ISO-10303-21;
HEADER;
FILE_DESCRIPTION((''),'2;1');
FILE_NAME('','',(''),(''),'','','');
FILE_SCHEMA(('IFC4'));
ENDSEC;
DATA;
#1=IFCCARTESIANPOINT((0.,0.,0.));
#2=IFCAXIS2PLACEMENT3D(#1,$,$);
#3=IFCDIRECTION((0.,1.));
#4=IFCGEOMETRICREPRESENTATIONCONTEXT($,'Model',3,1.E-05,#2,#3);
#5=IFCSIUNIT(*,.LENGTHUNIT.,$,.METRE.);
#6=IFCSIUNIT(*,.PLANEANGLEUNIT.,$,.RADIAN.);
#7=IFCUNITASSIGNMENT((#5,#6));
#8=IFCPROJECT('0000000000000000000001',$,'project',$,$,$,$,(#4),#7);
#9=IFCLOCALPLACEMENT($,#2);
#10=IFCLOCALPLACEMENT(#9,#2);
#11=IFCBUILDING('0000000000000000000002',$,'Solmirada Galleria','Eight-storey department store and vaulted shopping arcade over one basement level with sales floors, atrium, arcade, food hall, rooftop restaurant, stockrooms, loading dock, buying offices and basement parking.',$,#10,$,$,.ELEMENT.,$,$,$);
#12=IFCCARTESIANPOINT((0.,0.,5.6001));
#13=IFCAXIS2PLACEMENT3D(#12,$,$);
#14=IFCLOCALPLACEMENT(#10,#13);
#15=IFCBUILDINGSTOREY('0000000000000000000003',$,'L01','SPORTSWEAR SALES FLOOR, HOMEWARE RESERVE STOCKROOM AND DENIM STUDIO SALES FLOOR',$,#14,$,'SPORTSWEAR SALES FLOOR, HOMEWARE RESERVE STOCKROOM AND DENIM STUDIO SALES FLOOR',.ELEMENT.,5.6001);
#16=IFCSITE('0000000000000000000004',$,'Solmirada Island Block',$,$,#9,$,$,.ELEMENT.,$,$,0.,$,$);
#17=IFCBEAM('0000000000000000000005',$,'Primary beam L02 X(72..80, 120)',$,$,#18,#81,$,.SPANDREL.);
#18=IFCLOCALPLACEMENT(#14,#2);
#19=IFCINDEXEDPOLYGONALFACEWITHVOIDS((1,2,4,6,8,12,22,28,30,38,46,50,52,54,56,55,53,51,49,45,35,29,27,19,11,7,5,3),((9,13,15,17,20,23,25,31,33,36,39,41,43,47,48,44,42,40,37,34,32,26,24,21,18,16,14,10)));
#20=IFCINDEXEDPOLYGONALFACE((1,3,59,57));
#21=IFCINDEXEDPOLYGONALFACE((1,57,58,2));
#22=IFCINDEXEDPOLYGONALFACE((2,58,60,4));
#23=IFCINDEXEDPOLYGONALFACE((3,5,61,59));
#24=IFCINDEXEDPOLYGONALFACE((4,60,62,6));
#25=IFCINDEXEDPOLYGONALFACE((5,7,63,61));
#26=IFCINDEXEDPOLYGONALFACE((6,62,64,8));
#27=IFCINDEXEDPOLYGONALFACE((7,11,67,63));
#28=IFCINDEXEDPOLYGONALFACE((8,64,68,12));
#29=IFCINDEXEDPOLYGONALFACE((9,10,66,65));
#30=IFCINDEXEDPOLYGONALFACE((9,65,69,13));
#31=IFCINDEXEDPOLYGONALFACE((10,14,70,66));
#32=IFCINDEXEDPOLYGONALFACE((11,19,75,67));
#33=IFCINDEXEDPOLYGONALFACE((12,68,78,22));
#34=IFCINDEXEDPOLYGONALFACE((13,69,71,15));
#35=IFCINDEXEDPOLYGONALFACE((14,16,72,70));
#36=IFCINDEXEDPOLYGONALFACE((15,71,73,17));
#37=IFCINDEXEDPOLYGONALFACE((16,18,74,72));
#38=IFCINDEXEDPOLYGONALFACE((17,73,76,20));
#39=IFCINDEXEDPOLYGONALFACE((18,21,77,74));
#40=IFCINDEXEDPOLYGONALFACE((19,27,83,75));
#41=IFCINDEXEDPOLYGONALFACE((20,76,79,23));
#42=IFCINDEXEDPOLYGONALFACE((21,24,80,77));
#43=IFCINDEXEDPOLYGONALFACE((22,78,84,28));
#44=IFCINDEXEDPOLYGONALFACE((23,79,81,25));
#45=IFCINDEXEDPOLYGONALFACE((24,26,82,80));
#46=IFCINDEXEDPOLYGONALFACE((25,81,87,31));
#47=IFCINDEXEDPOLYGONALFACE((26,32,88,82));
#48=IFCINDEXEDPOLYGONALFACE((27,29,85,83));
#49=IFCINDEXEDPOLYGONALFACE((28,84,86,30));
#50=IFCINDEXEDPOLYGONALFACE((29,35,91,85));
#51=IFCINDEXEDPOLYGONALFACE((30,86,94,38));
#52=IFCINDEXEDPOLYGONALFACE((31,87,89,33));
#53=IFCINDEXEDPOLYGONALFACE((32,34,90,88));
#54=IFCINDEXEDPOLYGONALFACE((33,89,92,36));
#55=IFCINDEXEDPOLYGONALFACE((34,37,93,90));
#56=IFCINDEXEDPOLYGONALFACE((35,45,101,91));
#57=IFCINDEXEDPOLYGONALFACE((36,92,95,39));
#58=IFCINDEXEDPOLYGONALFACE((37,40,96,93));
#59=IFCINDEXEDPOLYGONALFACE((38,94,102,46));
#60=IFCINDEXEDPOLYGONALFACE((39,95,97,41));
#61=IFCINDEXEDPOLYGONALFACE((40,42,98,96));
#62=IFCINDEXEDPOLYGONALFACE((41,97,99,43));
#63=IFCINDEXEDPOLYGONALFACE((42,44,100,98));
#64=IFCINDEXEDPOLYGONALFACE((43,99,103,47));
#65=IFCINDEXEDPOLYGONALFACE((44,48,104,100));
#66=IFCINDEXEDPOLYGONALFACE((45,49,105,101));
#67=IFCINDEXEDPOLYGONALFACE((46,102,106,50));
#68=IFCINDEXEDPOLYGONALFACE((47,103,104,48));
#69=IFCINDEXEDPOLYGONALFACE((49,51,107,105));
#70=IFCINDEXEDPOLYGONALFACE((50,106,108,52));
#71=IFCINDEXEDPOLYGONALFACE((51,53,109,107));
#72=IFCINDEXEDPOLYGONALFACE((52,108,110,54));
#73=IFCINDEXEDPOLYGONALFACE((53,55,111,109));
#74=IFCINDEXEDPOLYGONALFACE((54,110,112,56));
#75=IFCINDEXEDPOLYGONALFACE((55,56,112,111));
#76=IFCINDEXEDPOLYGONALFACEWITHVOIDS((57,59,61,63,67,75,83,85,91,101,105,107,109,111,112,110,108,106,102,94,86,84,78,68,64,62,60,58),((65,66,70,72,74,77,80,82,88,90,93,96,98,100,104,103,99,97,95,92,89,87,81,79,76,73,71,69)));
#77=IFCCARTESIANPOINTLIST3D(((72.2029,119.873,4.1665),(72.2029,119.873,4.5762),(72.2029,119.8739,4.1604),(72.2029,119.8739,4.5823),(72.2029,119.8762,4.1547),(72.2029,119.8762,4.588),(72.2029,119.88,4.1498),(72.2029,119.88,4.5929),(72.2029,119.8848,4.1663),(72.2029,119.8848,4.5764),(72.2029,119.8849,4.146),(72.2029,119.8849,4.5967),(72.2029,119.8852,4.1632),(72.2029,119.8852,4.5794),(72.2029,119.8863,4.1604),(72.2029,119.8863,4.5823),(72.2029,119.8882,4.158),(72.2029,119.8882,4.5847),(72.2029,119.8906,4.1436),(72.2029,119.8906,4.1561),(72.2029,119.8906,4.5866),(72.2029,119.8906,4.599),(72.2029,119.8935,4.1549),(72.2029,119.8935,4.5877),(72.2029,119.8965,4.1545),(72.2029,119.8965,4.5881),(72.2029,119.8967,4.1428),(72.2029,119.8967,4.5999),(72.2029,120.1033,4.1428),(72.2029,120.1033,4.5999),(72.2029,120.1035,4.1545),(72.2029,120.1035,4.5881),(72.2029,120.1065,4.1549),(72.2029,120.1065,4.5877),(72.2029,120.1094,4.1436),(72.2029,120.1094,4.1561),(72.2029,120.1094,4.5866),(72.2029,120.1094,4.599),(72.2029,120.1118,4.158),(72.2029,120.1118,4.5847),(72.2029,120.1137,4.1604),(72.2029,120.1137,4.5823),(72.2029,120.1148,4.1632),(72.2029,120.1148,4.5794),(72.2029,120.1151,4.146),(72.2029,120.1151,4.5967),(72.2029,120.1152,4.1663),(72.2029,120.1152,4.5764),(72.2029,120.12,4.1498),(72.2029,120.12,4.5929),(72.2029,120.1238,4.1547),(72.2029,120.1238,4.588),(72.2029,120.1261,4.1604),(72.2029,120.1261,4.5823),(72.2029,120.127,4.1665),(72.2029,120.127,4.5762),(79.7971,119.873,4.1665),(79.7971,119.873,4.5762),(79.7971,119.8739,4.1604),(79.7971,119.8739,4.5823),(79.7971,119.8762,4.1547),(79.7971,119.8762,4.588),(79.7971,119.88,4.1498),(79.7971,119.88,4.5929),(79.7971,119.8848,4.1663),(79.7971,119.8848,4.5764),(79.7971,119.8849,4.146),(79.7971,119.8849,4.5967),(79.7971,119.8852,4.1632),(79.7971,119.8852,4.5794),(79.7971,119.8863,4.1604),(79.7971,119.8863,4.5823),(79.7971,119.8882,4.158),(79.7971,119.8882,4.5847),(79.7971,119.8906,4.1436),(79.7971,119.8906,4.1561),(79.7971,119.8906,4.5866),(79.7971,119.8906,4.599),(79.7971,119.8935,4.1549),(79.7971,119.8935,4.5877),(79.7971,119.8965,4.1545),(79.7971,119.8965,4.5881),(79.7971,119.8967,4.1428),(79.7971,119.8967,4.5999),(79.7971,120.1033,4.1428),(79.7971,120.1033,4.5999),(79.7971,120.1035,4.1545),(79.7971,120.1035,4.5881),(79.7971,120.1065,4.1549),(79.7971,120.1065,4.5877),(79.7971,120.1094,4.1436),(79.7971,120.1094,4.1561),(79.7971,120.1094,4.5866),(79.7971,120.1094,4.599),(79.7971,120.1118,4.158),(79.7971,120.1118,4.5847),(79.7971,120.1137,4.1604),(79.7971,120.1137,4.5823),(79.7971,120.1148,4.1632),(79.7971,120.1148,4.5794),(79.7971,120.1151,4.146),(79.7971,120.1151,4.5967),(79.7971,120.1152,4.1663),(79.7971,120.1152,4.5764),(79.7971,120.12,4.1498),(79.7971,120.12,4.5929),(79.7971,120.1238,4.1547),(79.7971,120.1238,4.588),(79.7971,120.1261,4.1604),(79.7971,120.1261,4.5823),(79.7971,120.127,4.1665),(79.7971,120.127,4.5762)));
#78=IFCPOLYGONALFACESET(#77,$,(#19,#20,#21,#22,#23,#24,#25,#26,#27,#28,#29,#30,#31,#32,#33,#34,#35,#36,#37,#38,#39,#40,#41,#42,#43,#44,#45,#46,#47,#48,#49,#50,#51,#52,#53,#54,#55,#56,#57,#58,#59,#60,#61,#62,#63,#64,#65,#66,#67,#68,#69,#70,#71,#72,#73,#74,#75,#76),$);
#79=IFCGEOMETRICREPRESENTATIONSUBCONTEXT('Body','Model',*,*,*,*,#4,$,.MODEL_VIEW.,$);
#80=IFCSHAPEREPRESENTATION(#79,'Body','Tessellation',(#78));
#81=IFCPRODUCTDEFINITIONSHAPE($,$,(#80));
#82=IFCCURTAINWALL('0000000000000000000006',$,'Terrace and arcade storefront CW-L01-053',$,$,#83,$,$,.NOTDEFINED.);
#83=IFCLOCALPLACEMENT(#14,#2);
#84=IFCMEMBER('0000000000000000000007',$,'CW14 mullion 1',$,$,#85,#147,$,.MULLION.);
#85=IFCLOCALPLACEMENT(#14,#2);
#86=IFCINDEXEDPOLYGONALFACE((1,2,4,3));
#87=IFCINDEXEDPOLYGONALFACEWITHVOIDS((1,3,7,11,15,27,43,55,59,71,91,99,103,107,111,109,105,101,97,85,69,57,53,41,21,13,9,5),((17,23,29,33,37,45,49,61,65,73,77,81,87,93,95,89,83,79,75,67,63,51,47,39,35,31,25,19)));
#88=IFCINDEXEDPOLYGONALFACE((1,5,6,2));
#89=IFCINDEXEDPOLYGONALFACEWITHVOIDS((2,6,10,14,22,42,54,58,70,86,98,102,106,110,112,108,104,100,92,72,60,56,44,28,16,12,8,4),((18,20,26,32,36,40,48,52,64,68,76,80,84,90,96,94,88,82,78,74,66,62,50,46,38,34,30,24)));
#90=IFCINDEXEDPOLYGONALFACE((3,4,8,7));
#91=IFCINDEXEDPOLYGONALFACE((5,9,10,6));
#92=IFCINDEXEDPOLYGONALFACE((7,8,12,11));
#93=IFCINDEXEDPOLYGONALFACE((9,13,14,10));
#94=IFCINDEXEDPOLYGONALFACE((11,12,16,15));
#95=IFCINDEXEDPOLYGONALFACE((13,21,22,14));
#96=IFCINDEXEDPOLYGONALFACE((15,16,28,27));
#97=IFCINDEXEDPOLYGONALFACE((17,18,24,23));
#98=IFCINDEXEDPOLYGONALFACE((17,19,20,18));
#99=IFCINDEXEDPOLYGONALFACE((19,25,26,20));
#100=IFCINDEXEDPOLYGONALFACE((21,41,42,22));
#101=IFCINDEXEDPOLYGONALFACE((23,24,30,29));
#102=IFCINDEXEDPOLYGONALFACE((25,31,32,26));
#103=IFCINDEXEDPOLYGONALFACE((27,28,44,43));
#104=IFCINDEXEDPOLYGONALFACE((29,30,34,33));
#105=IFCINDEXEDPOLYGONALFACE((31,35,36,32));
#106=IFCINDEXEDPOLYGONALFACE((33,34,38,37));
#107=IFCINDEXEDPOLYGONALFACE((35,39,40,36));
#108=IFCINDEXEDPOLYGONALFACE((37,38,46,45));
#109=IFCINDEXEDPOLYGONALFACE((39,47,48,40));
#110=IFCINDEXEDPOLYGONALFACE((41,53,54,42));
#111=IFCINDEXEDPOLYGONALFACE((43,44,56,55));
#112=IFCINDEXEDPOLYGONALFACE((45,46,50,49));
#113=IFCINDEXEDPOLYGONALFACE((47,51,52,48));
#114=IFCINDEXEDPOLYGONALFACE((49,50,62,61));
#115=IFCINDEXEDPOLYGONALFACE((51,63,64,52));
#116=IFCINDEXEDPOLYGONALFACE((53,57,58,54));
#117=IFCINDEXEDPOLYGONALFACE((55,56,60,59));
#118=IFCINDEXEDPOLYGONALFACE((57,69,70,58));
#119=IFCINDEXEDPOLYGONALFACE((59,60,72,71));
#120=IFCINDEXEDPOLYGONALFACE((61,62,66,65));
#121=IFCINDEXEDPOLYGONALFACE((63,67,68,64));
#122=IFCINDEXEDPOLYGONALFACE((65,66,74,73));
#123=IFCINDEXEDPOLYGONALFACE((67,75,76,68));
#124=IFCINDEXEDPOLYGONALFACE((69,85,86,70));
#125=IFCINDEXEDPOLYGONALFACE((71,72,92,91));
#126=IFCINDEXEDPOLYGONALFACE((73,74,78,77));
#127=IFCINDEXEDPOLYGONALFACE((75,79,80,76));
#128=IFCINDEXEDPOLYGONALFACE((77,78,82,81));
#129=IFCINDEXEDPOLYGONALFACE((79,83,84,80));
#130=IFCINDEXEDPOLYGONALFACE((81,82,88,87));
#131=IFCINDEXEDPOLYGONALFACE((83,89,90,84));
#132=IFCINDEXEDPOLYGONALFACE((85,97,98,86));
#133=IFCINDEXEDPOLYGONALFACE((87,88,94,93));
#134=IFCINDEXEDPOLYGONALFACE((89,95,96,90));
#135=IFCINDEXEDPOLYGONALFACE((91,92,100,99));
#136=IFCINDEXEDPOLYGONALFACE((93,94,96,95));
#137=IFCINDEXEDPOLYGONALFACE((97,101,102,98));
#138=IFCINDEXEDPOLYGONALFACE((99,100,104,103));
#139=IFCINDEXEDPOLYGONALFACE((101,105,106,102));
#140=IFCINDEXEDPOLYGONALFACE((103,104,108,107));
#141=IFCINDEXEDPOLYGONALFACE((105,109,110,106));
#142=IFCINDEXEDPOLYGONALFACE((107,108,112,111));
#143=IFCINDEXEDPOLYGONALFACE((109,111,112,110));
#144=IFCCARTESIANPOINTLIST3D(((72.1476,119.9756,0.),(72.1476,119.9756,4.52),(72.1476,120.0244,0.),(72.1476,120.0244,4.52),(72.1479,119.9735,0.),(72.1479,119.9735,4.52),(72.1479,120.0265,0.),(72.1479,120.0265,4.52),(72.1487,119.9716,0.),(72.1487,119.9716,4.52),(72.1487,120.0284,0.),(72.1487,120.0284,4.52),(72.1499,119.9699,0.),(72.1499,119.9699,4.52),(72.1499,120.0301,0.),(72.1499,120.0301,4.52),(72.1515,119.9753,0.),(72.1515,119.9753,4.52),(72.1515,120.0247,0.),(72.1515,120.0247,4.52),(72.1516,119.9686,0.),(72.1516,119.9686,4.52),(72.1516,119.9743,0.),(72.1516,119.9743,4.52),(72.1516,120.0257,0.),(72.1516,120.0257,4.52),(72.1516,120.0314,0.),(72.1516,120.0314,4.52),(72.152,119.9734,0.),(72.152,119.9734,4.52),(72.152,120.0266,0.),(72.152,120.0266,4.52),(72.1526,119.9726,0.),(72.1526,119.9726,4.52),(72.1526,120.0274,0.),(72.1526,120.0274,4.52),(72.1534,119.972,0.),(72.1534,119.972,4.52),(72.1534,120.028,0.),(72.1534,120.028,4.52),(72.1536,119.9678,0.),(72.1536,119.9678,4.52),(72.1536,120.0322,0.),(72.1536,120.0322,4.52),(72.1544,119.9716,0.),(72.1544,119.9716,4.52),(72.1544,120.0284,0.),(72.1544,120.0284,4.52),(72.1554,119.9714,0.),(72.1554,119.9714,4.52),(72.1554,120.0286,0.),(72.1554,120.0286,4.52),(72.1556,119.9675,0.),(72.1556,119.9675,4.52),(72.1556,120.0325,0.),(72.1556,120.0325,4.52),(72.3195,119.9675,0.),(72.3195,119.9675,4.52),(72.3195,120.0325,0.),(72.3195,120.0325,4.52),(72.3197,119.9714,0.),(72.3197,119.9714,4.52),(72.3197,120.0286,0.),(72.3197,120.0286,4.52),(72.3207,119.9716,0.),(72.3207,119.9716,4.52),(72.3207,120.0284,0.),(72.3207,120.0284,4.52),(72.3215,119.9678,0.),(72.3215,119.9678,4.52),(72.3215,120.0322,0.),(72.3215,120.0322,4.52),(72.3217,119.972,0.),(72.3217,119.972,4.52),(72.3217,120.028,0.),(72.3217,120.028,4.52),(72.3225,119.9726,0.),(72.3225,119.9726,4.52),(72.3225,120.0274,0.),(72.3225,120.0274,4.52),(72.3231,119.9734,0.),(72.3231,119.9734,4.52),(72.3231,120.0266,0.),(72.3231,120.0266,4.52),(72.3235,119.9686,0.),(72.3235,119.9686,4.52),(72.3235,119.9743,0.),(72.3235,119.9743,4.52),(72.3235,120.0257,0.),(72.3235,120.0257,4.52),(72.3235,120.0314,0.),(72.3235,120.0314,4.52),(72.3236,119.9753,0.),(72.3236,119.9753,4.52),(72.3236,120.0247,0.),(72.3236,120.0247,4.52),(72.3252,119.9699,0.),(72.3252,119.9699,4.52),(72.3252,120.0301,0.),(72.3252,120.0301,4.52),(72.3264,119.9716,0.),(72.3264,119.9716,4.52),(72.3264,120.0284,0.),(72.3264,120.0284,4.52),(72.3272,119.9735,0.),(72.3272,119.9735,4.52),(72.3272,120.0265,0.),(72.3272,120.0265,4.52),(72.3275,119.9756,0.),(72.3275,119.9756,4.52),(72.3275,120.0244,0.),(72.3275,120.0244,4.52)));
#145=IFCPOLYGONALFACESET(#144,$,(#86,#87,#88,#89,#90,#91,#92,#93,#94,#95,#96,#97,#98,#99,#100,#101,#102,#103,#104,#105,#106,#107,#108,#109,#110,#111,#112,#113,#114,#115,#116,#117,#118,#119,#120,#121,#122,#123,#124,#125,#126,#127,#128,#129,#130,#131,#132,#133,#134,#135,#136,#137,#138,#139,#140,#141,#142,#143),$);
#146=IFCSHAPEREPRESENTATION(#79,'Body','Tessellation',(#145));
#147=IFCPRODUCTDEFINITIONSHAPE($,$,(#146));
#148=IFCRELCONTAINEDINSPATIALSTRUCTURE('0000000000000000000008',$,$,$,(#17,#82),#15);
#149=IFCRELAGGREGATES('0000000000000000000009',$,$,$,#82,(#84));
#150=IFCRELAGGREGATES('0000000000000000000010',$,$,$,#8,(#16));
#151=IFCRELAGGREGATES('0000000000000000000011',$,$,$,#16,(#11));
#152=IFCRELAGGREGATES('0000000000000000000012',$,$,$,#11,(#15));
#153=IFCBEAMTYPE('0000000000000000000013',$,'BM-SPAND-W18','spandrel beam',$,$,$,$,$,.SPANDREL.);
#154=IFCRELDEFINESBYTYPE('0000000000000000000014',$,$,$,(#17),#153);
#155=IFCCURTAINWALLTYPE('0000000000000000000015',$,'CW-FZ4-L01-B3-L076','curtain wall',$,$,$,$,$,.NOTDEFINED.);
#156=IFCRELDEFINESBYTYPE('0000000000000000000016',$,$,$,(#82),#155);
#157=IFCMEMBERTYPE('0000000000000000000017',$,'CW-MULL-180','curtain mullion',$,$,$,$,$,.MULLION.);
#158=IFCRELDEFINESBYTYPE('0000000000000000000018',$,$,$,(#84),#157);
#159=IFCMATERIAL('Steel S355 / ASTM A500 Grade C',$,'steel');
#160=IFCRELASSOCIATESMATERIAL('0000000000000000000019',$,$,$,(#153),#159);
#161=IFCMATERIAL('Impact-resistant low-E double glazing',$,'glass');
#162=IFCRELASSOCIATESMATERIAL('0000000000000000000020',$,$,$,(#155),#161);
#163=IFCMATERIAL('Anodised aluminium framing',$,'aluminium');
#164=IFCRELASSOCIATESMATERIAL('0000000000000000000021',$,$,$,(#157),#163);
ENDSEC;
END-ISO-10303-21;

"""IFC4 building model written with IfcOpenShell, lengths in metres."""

from ifc_helpers import new_model, si_unit, direction, frame, origin, origin_2d, place, context, subcontext, project, spatial, hollow_rectangle, extrude, material, material_profile, profile_set, type_object, element, aggregate, save


model = new_model("IFC4")

# Units and contexts
model_context = context("Model", 3, precision=1e-05, world=origin(), true_north=direction((0.0, 1.0)))
body_context = subcontext(model_context, "Body", "Model", "MODEL_VIEW")
ifc_project = project(units=[si_unit("LENGTHUNIT", "METRE"), si_unit("PLANEANGLEUNIT", "RADIAN")], contexts=[model_context])

# Site, building, storey
site_placement = place(None, origin())
site = spatial("IfcSite", under=ifc_project, at=site_placement, Name="Solmirada Island Block", CompositionType="ELEMENT", RefElevation=0.0)
building_placement = place(site_placement, origin())
building = spatial("IfcBuilding", under=site, at=building_placement, Name="Solmirada Galleria", Description="Eight-storey department store and vaulted shopping arcade over one basement level with sales floors, atrium, arcade, food hall, rooftop restaurant, stockrooms, loading dock, buying offices and basement parking.", CompositionType="ELEMENT")
storey_placement = place(building_placement, frame((0.0, 0.0, 5.6001)))
storey = spatial("IfcBuildingStorey", under=building, at=storey_placement, Name="L01", Description="SPORTSWEAR SALES FLOOR, HOMEWARE RESERVE STOCKROOM AND DENIM STUDIO SALES FLOOR", LongName="SPORTSWEAR SALES FLOOR, HOMEWARE RESERVE STOCKROOM AND DENIM STUDIO SALES FLOOR", CompositionType="ELEMENT", Elevation=5.6001)

# Shared definitions
ifc_material_1 = material(Name="Steel S355 / ASTM A500 Grade C", Category="steel")

# Beam
ifc_material_profile_1 = material_profile(ifc_material_1, hollow_rectangle(XDim=0.2539, YDim=0.457, WallThickness=0.0117, InnerFilletRadius=0.0117, OuterFilletRadius=0.0237, at=origin_2d()), Name="HSS18X10X1/2")
ifc_profile_set_1 = profile_set([ifc_material_profile_1], Name="Steel S355 / ASTM A500 Grade C")
beam_type = type_object("IfcBeamType", Name="BM-SPAND-W18", Description="spandrel beam", PredefinedType="SPANDREL", material=ifc_profile_set_1)
for number, where, z_axis, x_axis, name in (
    (1, (72.2029, 120.0, 4.3713), (1.0, 0.0, 0.0), (0.0, 1.0, 0.0), "Primary beam L02 X(72..80, 120)"),
):
    element("IfcBeam", number, at=place(storey_placement, frame(where, z_axis=z_axis, x_axis=x_axis)), inside=storey, type_object=beam_type, Name=name, PredefinedType="SPANDREL", context=body_context, shape_type="SweptSolid", body=[
        extrude(hollow_rectangle(XDim=0.2539, YDim=0.457, WallThickness=0.0117, InnerFilletRadius=0.0117, OuterFilletRadius=0.0237, at=origin_2d()), origin(), (0.0, 0.0, 1.0), 7.5942),
    ])

# Curtain wall, member
ifc_material_2 = material(Name="Impact-resistant low-E double glazing", Category="glass")
curtain_wall_type = type_object("IfcCurtainWallType", Name="CW-FZ4-L01-B3-L076", Description="curtain wall", PredefinedType="NOTDEFINED", material=ifc_material_2)
curtain_wall_placement = place(storey_placement, origin())
curtain_wall = element("IfcCurtainWall", 2, at=curtain_wall_placement, inside=storey, type_object=curtain_wall_type, Name="Terrace and arcade storefront CW-L01-053", PredefinedType="NOTDEFINED")
ifc_material_3 = material(Name="Anodised aluminium framing", Category="aluminium")
ifc_material_profile_2 = material_profile(ifc_material_3, hollow_rectangle(XDim=0.0649, YDim=0.1799, WallThickness=0.0039, InnerFilletRadius=0.0039, OuterFilletRadius=0.0081, at=origin_2d()), Name="ALU-MULL-180X65")
ifc_profile_set_2 = profile_set([ifc_material_profile_2], Name="Anodised aluminium framing")
member_type_1 = type_object("IfcMemberType", Name="CW-MULL-180", Description="curtain mullion", PredefinedType="MULLION", material=ifc_profile_set_2)
member_1_placement = place(storey_placement, frame((72.2375, 120.0, 0.0), z_axis=(0.0, 0.0, 1.0), x_axis=(0.0, 1.0, 0.0)))
member_1 = element("IfcMember", 3, at=member_1_placement, type_object=member_type_1, Name="CW14 mullion 1", PredefinedType="MULLION", context=body_context, shape_type="SweptSolid", body=[
    extrude(hollow_rectangle(XDim=0.0649, YDim=0.1799, WallThickness=0.0039, InnerFilletRadius=0.0039, OuterFilletRadius=0.0081, at=origin_2d()), origin(), (0.0, 0.0, 1.0), 4.52),
])

aggregate(curtain_wall, [member_1])

save(model, "model.ifc")
